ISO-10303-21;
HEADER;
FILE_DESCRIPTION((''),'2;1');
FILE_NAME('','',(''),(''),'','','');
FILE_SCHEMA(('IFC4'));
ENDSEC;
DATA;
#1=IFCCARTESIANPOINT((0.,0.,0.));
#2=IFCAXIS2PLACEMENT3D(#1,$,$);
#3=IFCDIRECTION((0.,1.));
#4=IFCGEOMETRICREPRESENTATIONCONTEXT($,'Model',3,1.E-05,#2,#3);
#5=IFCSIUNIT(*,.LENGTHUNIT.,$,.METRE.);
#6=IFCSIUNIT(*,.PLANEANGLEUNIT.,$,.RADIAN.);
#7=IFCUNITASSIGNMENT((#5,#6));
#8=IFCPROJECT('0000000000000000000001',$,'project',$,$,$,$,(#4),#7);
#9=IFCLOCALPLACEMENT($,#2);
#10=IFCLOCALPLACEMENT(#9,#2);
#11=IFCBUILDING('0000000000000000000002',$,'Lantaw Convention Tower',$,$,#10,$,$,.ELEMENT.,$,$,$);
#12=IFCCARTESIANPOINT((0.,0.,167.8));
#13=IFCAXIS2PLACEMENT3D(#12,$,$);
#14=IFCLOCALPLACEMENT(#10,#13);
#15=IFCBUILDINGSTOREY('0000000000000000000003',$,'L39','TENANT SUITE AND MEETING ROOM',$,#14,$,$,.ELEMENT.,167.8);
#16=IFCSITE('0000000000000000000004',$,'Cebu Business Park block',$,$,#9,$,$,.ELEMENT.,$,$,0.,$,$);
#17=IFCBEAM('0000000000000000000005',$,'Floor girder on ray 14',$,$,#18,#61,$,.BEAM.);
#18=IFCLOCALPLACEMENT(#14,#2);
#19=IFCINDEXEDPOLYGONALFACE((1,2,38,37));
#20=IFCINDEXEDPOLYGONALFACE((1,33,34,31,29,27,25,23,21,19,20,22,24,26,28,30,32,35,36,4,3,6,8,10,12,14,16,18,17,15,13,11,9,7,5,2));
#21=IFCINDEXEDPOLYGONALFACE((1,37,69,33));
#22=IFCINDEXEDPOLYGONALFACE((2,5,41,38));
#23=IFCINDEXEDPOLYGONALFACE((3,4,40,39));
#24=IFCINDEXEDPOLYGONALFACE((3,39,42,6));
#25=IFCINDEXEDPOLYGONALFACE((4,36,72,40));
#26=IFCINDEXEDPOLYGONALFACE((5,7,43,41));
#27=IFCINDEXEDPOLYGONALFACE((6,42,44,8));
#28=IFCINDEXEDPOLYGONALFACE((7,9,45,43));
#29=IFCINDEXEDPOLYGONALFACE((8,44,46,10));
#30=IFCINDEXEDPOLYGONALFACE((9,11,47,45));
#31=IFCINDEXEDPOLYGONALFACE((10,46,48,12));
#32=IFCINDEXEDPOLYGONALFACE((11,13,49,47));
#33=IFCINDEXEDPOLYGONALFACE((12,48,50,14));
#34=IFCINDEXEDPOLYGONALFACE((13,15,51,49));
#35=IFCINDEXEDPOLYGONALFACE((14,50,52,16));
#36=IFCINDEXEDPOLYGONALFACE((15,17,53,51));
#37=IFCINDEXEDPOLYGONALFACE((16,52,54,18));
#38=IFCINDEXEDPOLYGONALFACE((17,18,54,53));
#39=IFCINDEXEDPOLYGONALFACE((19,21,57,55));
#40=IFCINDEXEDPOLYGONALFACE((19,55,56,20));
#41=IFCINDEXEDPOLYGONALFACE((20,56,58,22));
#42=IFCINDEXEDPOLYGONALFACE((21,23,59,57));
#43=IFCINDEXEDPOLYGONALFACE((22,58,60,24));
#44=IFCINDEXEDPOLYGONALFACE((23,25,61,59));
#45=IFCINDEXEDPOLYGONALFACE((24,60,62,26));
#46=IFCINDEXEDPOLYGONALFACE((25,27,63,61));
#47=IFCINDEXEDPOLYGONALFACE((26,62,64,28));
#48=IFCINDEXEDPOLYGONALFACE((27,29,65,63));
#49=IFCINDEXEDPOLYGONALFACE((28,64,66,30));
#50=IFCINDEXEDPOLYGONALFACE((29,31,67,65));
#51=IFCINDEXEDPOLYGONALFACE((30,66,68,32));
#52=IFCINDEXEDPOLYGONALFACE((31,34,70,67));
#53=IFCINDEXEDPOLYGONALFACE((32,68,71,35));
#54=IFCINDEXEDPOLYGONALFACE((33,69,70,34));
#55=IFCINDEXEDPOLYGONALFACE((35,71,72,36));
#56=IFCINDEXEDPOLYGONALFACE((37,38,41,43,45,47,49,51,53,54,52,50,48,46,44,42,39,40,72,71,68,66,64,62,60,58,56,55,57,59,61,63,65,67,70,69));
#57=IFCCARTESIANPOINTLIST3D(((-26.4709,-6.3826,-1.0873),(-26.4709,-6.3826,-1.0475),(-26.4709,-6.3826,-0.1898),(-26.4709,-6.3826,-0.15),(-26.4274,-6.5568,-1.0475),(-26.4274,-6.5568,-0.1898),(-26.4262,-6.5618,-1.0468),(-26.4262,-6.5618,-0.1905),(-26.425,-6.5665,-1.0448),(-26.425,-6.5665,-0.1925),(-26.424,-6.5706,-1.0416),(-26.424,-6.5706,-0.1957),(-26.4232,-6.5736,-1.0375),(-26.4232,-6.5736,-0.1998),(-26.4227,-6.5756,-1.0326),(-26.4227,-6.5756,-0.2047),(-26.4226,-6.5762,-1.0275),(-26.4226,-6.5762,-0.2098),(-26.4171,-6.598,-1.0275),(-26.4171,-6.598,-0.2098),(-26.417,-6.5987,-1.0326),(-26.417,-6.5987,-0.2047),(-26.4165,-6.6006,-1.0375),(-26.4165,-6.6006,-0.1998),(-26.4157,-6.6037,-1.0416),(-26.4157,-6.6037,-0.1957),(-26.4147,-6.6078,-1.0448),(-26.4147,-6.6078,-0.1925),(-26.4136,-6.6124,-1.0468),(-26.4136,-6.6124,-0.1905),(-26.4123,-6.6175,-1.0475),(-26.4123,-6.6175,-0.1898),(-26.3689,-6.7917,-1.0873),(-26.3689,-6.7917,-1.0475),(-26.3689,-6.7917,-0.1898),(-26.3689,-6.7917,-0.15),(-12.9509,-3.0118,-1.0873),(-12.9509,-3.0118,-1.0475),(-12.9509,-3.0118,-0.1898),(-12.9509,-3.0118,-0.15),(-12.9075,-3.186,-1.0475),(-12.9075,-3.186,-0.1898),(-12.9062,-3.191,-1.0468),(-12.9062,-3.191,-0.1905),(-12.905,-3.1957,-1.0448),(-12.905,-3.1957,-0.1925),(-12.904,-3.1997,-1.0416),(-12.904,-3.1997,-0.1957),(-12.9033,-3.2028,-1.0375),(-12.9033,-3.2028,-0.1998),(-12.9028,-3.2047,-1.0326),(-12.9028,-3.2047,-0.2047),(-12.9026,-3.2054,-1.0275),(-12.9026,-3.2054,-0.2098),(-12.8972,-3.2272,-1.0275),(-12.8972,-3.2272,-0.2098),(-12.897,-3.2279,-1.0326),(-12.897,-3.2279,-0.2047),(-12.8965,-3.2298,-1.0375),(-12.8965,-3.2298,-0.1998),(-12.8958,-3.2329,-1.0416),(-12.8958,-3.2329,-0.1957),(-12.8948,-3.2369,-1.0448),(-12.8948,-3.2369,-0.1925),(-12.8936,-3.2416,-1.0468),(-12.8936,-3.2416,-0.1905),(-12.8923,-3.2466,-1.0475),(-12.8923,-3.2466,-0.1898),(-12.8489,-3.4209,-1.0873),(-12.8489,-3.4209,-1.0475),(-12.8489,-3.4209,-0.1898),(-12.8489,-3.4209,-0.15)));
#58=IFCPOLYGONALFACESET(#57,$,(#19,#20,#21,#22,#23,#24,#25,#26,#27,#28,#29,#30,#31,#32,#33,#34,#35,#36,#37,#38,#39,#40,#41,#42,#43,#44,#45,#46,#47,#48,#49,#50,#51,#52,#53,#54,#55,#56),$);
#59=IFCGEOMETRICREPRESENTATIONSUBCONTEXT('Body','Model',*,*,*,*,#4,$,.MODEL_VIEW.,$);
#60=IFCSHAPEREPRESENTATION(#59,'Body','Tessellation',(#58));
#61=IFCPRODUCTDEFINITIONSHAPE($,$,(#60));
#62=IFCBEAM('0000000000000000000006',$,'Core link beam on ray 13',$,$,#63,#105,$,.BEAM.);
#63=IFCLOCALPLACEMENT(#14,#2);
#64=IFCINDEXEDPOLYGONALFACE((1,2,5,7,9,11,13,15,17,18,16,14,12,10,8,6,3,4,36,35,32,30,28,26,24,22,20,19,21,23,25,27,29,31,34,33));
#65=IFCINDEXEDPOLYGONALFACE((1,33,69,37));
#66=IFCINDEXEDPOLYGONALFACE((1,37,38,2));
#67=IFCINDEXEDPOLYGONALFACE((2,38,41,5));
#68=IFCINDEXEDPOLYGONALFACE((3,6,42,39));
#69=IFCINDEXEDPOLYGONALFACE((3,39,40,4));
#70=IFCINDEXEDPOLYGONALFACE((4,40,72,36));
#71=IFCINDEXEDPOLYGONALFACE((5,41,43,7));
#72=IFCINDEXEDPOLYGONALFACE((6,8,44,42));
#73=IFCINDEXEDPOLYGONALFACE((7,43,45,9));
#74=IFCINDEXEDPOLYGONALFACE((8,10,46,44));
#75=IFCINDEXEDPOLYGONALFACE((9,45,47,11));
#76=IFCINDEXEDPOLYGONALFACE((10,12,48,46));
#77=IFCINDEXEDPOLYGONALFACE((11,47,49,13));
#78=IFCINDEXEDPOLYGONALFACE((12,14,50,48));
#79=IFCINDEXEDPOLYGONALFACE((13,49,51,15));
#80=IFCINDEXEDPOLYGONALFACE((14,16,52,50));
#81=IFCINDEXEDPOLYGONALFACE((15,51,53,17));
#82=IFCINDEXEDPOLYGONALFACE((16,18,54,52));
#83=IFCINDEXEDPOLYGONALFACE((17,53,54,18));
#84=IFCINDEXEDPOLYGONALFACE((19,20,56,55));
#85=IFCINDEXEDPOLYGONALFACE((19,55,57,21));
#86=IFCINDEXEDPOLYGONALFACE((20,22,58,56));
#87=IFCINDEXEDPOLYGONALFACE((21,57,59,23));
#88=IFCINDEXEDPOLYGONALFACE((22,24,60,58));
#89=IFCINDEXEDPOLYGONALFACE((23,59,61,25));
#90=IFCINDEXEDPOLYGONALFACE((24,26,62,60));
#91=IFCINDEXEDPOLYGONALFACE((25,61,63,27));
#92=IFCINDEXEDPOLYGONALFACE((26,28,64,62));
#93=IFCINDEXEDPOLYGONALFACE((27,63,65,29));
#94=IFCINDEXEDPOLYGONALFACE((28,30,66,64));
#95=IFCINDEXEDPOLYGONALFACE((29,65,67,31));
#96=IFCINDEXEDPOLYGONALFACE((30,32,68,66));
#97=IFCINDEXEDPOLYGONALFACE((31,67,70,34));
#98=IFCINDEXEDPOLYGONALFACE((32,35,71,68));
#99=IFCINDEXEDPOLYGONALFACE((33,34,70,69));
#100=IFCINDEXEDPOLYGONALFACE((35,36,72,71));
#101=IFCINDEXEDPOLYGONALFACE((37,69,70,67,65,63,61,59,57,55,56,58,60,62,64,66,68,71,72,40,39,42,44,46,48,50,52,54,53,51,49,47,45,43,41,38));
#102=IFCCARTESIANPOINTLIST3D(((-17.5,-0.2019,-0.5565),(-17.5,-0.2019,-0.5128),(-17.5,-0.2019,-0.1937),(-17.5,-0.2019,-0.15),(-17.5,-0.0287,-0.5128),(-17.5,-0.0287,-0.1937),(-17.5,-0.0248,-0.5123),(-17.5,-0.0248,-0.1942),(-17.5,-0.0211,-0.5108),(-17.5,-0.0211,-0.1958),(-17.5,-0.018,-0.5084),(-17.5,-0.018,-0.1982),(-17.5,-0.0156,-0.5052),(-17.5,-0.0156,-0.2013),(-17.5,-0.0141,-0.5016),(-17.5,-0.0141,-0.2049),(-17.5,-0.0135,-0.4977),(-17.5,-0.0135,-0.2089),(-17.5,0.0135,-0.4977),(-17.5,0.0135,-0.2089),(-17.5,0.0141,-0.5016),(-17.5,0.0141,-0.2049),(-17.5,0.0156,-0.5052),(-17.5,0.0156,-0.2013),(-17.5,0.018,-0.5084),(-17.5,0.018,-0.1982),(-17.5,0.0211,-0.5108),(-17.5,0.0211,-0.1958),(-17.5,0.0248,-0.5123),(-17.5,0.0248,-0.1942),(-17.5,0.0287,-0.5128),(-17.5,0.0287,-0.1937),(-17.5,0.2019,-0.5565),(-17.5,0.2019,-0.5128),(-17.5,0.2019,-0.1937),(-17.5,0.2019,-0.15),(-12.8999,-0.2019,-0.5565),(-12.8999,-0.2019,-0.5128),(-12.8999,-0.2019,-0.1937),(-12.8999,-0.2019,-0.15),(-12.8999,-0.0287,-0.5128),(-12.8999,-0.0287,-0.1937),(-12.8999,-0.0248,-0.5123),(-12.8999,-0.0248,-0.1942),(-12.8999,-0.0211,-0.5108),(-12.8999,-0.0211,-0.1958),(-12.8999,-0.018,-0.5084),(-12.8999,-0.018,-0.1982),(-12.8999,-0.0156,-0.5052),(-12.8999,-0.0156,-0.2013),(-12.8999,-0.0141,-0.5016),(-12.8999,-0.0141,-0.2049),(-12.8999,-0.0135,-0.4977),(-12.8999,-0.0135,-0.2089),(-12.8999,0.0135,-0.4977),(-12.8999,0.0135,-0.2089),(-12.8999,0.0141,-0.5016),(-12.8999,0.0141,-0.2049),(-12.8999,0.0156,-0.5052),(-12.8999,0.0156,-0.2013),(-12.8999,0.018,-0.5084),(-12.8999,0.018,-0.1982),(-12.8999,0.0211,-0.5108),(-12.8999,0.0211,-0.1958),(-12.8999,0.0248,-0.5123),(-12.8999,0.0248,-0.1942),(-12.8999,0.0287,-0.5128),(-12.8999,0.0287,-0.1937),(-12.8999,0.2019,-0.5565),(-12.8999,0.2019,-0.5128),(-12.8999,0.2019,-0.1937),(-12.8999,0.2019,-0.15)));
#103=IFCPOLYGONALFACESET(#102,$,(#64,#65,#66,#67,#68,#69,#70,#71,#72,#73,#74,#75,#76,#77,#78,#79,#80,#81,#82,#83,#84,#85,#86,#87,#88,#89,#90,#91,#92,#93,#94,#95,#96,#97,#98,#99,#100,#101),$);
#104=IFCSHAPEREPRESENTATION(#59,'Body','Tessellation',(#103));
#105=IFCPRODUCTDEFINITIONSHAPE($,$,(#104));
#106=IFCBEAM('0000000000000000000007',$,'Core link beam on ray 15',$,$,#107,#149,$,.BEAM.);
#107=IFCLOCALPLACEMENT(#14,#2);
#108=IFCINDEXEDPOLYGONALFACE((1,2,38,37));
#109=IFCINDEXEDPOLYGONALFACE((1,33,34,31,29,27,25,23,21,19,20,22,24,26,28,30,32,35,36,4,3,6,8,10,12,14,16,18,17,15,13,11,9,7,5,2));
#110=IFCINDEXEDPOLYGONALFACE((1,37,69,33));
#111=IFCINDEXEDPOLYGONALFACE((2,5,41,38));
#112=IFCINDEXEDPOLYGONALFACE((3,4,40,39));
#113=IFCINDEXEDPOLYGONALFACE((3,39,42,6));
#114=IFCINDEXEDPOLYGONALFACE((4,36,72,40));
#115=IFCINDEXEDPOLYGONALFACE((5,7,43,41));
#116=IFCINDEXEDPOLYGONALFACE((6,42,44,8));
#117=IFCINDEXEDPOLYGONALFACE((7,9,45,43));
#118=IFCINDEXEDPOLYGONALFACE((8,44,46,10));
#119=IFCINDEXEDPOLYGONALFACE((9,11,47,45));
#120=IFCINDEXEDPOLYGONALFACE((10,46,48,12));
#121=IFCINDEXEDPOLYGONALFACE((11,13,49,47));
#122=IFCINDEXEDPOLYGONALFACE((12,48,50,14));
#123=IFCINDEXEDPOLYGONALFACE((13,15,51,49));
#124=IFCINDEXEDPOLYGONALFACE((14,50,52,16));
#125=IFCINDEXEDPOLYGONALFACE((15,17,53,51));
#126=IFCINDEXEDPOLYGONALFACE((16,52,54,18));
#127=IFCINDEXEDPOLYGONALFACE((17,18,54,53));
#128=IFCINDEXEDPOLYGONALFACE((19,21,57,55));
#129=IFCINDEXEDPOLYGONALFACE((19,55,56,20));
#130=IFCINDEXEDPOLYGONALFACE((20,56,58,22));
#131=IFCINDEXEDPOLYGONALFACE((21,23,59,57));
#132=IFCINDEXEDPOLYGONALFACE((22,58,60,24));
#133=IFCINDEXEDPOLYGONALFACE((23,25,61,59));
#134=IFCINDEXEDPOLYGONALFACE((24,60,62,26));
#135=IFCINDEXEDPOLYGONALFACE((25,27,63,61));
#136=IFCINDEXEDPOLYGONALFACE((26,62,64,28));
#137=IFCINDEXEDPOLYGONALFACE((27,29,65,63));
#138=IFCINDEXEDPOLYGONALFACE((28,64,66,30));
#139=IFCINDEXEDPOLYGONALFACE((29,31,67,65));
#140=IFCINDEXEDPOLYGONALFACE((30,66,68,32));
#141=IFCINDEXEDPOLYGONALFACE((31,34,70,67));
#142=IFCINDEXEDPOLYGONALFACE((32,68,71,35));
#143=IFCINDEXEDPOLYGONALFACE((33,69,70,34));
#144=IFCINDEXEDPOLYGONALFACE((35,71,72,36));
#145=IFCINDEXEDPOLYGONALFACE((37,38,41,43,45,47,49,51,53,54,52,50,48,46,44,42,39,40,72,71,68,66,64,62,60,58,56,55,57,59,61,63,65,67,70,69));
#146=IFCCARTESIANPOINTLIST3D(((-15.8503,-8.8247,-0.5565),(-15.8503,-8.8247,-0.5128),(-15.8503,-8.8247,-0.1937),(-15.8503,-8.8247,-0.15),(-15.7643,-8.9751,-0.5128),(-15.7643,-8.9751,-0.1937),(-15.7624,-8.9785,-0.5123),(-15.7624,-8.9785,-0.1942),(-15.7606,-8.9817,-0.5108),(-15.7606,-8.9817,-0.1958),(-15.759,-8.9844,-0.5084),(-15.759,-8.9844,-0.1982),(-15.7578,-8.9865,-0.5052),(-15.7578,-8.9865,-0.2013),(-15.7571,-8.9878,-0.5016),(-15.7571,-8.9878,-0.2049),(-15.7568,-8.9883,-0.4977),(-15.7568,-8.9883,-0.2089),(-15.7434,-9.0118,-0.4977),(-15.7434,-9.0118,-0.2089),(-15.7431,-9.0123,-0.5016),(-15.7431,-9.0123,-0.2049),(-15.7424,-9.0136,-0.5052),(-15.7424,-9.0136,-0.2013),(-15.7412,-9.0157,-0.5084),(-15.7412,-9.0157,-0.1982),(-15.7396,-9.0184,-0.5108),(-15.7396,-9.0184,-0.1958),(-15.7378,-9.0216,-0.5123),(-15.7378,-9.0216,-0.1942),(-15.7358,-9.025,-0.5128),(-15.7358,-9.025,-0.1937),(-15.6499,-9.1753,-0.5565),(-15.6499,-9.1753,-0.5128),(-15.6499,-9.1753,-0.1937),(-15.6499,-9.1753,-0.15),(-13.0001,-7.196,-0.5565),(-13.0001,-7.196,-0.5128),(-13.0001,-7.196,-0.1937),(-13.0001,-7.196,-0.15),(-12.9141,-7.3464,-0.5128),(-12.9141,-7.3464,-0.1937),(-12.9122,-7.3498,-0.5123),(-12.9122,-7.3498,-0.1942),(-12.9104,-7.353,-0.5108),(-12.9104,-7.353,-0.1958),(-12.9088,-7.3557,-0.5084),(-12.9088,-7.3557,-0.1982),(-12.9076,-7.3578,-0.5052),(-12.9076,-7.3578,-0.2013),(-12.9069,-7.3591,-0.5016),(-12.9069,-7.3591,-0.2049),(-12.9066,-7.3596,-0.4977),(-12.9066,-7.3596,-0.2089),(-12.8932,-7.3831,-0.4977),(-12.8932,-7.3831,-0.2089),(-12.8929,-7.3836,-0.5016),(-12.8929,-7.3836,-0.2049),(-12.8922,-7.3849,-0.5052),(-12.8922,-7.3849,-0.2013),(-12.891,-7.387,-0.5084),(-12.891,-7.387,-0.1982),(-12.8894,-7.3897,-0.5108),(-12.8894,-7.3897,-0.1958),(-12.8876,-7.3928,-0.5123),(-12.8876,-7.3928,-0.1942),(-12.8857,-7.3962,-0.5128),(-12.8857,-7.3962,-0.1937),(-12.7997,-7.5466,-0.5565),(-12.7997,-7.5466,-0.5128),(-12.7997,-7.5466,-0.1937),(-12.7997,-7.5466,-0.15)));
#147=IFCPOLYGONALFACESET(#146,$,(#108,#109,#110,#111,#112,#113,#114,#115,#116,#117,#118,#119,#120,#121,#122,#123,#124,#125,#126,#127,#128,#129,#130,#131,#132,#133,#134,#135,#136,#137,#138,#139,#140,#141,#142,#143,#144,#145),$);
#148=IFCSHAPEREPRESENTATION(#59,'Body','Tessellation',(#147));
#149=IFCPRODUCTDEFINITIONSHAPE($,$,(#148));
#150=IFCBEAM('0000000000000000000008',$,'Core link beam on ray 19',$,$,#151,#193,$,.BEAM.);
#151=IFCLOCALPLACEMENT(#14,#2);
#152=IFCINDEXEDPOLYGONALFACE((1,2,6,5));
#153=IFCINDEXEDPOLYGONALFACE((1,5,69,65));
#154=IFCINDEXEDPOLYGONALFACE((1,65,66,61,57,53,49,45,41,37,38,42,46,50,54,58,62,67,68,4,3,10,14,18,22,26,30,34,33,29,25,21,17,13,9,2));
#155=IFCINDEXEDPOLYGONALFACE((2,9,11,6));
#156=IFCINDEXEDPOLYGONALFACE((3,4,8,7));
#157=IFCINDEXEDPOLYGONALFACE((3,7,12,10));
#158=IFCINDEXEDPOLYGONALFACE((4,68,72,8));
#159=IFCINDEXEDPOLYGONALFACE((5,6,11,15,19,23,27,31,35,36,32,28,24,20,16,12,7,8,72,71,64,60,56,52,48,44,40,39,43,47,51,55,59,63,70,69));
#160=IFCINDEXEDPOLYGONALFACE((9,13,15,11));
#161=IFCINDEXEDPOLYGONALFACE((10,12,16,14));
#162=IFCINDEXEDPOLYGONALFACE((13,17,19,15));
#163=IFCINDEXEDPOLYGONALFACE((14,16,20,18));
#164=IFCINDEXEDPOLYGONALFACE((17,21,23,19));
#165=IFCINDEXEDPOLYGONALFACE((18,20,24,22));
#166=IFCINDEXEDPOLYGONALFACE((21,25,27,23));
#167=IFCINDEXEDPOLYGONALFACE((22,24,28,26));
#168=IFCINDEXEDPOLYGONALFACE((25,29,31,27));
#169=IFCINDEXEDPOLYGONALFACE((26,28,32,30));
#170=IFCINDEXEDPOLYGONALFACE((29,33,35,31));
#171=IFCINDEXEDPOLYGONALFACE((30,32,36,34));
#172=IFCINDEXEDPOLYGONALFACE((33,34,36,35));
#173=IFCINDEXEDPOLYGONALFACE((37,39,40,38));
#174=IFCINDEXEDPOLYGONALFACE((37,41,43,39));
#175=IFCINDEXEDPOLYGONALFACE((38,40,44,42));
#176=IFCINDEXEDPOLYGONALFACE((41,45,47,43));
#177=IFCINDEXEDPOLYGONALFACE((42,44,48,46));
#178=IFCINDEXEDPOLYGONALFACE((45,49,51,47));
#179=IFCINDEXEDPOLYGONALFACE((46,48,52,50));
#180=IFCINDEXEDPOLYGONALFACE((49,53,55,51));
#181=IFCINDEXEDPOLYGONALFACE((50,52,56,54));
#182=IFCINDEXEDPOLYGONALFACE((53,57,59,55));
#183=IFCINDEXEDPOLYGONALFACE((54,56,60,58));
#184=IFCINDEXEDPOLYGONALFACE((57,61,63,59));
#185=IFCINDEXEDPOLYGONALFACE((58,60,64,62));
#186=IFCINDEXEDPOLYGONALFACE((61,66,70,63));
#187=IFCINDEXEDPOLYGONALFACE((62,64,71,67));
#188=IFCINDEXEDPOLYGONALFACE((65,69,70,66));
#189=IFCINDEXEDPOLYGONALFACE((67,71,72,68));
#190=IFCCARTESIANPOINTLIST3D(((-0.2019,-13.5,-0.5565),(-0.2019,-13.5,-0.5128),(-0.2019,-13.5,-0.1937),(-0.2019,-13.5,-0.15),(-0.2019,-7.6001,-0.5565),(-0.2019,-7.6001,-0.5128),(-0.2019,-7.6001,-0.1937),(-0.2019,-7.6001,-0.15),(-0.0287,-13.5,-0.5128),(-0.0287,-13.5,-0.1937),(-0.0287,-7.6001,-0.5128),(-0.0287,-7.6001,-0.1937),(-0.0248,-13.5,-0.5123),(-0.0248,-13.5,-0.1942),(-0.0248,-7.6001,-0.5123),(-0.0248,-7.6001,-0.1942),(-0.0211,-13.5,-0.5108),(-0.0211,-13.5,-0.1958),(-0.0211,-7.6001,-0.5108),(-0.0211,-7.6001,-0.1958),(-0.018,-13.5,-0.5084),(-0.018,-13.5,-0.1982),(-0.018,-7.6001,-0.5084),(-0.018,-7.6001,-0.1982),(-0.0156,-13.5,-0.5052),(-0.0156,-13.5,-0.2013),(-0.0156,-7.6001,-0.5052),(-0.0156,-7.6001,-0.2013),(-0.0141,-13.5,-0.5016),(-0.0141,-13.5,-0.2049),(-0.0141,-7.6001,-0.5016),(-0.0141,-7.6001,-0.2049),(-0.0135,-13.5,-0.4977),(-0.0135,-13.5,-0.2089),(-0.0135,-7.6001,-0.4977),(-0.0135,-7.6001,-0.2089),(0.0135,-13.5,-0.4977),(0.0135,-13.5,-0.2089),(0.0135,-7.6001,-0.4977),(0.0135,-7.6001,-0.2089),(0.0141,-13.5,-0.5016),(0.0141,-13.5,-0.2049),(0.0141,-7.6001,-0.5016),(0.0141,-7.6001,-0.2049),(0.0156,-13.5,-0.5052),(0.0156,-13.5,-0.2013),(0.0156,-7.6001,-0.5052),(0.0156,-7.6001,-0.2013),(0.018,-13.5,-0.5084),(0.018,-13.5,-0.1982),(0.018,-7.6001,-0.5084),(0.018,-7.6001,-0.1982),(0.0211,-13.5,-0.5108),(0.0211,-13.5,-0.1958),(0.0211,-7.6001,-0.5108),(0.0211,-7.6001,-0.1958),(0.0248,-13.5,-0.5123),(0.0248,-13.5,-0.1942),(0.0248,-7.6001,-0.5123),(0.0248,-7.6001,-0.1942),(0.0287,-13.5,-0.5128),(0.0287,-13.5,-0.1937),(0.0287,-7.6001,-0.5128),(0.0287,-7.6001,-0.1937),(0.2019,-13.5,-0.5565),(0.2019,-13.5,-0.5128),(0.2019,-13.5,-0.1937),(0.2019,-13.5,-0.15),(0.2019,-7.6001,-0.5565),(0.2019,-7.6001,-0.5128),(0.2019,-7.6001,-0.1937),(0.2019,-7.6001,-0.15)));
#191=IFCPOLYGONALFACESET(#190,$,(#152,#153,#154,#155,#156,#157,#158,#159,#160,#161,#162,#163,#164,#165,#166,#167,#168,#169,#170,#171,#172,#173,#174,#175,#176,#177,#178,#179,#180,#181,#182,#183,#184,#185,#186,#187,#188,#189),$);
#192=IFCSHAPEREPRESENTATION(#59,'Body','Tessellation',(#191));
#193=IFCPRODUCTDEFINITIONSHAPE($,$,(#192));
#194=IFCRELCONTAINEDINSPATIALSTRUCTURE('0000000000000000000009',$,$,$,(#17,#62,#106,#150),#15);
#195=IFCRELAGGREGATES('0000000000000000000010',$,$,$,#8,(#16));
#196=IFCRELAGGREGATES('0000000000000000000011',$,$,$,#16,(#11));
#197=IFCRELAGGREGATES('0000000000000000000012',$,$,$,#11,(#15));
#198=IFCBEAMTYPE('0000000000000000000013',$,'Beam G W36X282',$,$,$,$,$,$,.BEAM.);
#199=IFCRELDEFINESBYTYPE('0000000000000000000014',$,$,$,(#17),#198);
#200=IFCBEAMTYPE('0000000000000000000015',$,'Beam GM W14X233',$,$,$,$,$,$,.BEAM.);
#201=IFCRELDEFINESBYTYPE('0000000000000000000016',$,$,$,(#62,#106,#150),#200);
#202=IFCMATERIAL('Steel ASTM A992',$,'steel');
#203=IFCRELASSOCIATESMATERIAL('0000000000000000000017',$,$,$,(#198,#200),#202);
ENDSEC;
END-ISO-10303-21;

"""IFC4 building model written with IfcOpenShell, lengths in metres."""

from ifc_helpers import new_model, si_unit, direction, frame, origin, origin_2d, place, context, subcontext, project, spatial, i_section, extrude, material, material_profile, profile_set, type_object, element, save


model = new_model("IFC4")

# Units and contexts
model_context = context("Model", 3, precision=1e-05, world=origin(), true_north=direction((0.0, 1.0)))
body_context = subcontext(model_context, "Body", "Model", "MODEL_VIEW")
ifc_project = project(units=[si_unit("LENGTHUNIT", "METRE"), si_unit("PLANEANGLEUNIT", "RADIAN")], contexts=[model_context])

# Site, building, storey
site_placement = place(None, origin())
site = spatial("IfcSite", under=ifc_project, at=site_placement, Name="Cebu Business Park block", CompositionType="ELEMENT", RefElevation=0.0)
building_placement = place(site_placement, origin())
building = spatial("IfcBuilding", under=site, at=building_placement, Name="Lantaw Convention Tower", CompositionType="ELEMENT")
storey_placement = place(building_placement, frame((0.0, 0.0, 167.8)))
storey = spatial("IfcBuildingStorey", under=building, at=storey_placement, Name="L39", Description="TENANT SUITE AND MEETING ROOM", CompositionType="ELEMENT", Elevation=167.8)

# Beams
ifc_material_1 = material(Name="Steel ASTM A992", Category="steel")
ifc_material_profile_1 = material_profile(ifc_material_1, i_section(OverallWidth=0.4216, OverallDepth=0.9373, WebThickness=0.0225, FlangeThickness=0.0398, FilletRadius=0.02, at=origin_2d()), Name="W36X282")
ifc_profile_set_1 = profile_set([ifc_material_profile_1], Name="Steel ASTM A992")
beam_type_1 = type_object("IfcBeamType", Name="Beam G W36X282", PredefinedType="BEAM", material=ifc_profile_set_1)
beam_1_placement = place(storey_placement, frame((-12.8999, -3.2163, -0.6187), z_axis=(-0.970297, -0.241917, 0.0), x_axis=(0.241917, -0.970297, 0.0)))
element("IfcBeam", 1, at=beam_1_placement, inside=storey, type_object=beam_type_1, Name="Floor girder on ray 14", PredefinedType="BEAM", context=body_context, shape_type="SweptSolid", body=[
    extrude(i_section(OverallWidth=0.4216, OverallDepth=0.9373, WebThickness=0.0225, FlangeThickness=0.0398, FilletRadius=0.02, at=origin_2d()), origin(), (0.0, 0.0, 1.0), 13.9338),
])
ifc_material_profile_2 = material_profile(ifc_material_1, i_section(OverallWidth=0.4038, OverallDepth=0.4065, WebThickness=0.0271, FlangeThickness=0.0437, FilletRadius=0.0151, at=origin_2d()), Name="W14X233")
ifc_profile_set_2 = profile_set([ifc_material_profile_2], Name="Steel ASTM A992")
beam_type_2 = type_object("IfcBeamType", Name="Beam GM W14X233", PredefinedType="BEAM", material=ifc_profile_set_2)
beam_2_placement = place(storey_placement, frame((-12.8999, 0.0, -0.3533), z_axis=(-1.0, 0.0, 0.0), x_axis=(0.0, -1.0, 0.0)))
element("IfcBeam", 2, at=beam_2_placement, inside=storey, type_object=beam_type_2, Name="Core link beam on ray 13", PredefinedType="BEAM", context=body_context, shape_type="SweptSolid", body=[
    extrude(i_section(OverallWidth=0.4038, OverallDepth=0.4065, WebThickness=0.0271, FlangeThickness=0.0437, FilletRadius=0.0151, at=origin_2d()), origin(), (0.0, 0.0, 1.0), 4.6001),
])
beam_3_placement = place(storey_placement, frame((-12.8999, -7.3713, -0.3533), z_axis=(-0.868239, -0.496147, 0.0), x_axis=(0.496147, -0.868239, 0.0)))
element("IfcBeam", 3, at=beam_3_placement, inside=storey, type_object=beam_type_2, Name="Core link beam on ray 15", PredefinedType="BEAM", context=body_context, shape_type="SweptSolid", body=[
    extrude(i_section(OverallWidth=0.4038, OverallDepth=0.4065, WebThickness=0.0271, FlangeThickness=0.0437, FilletRadius=0.0151, at=origin_2d()), origin(), (0.0, 0.0, 1.0), 3.2827),
])
beam_4_placement = place(storey_placement, frame((0.0, -7.6001, -0.3533), z_axis=(0.0, -1.0, 0.0), x_axis=(1.0, 0.0, 0.0)))
element("IfcBeam", 4, at=beam_4_placement, inside=storey, type_object=beam_type_2, Name="Core link beam on ray 19", PredefinedType="BEAM", context=body_context, shape_type="SweptSolid", body=[
    extrude(i_section(OverallWidth=0.4038, OverallDepth=0.4065, WebThickness=0.0271, FlangeThickness=0.0437, FilletRadius=0.0151, at=origin_2d()), origin(), (0.0, 0.0, 1.0), 5.8999),
])

save(model, "model.ifc")
